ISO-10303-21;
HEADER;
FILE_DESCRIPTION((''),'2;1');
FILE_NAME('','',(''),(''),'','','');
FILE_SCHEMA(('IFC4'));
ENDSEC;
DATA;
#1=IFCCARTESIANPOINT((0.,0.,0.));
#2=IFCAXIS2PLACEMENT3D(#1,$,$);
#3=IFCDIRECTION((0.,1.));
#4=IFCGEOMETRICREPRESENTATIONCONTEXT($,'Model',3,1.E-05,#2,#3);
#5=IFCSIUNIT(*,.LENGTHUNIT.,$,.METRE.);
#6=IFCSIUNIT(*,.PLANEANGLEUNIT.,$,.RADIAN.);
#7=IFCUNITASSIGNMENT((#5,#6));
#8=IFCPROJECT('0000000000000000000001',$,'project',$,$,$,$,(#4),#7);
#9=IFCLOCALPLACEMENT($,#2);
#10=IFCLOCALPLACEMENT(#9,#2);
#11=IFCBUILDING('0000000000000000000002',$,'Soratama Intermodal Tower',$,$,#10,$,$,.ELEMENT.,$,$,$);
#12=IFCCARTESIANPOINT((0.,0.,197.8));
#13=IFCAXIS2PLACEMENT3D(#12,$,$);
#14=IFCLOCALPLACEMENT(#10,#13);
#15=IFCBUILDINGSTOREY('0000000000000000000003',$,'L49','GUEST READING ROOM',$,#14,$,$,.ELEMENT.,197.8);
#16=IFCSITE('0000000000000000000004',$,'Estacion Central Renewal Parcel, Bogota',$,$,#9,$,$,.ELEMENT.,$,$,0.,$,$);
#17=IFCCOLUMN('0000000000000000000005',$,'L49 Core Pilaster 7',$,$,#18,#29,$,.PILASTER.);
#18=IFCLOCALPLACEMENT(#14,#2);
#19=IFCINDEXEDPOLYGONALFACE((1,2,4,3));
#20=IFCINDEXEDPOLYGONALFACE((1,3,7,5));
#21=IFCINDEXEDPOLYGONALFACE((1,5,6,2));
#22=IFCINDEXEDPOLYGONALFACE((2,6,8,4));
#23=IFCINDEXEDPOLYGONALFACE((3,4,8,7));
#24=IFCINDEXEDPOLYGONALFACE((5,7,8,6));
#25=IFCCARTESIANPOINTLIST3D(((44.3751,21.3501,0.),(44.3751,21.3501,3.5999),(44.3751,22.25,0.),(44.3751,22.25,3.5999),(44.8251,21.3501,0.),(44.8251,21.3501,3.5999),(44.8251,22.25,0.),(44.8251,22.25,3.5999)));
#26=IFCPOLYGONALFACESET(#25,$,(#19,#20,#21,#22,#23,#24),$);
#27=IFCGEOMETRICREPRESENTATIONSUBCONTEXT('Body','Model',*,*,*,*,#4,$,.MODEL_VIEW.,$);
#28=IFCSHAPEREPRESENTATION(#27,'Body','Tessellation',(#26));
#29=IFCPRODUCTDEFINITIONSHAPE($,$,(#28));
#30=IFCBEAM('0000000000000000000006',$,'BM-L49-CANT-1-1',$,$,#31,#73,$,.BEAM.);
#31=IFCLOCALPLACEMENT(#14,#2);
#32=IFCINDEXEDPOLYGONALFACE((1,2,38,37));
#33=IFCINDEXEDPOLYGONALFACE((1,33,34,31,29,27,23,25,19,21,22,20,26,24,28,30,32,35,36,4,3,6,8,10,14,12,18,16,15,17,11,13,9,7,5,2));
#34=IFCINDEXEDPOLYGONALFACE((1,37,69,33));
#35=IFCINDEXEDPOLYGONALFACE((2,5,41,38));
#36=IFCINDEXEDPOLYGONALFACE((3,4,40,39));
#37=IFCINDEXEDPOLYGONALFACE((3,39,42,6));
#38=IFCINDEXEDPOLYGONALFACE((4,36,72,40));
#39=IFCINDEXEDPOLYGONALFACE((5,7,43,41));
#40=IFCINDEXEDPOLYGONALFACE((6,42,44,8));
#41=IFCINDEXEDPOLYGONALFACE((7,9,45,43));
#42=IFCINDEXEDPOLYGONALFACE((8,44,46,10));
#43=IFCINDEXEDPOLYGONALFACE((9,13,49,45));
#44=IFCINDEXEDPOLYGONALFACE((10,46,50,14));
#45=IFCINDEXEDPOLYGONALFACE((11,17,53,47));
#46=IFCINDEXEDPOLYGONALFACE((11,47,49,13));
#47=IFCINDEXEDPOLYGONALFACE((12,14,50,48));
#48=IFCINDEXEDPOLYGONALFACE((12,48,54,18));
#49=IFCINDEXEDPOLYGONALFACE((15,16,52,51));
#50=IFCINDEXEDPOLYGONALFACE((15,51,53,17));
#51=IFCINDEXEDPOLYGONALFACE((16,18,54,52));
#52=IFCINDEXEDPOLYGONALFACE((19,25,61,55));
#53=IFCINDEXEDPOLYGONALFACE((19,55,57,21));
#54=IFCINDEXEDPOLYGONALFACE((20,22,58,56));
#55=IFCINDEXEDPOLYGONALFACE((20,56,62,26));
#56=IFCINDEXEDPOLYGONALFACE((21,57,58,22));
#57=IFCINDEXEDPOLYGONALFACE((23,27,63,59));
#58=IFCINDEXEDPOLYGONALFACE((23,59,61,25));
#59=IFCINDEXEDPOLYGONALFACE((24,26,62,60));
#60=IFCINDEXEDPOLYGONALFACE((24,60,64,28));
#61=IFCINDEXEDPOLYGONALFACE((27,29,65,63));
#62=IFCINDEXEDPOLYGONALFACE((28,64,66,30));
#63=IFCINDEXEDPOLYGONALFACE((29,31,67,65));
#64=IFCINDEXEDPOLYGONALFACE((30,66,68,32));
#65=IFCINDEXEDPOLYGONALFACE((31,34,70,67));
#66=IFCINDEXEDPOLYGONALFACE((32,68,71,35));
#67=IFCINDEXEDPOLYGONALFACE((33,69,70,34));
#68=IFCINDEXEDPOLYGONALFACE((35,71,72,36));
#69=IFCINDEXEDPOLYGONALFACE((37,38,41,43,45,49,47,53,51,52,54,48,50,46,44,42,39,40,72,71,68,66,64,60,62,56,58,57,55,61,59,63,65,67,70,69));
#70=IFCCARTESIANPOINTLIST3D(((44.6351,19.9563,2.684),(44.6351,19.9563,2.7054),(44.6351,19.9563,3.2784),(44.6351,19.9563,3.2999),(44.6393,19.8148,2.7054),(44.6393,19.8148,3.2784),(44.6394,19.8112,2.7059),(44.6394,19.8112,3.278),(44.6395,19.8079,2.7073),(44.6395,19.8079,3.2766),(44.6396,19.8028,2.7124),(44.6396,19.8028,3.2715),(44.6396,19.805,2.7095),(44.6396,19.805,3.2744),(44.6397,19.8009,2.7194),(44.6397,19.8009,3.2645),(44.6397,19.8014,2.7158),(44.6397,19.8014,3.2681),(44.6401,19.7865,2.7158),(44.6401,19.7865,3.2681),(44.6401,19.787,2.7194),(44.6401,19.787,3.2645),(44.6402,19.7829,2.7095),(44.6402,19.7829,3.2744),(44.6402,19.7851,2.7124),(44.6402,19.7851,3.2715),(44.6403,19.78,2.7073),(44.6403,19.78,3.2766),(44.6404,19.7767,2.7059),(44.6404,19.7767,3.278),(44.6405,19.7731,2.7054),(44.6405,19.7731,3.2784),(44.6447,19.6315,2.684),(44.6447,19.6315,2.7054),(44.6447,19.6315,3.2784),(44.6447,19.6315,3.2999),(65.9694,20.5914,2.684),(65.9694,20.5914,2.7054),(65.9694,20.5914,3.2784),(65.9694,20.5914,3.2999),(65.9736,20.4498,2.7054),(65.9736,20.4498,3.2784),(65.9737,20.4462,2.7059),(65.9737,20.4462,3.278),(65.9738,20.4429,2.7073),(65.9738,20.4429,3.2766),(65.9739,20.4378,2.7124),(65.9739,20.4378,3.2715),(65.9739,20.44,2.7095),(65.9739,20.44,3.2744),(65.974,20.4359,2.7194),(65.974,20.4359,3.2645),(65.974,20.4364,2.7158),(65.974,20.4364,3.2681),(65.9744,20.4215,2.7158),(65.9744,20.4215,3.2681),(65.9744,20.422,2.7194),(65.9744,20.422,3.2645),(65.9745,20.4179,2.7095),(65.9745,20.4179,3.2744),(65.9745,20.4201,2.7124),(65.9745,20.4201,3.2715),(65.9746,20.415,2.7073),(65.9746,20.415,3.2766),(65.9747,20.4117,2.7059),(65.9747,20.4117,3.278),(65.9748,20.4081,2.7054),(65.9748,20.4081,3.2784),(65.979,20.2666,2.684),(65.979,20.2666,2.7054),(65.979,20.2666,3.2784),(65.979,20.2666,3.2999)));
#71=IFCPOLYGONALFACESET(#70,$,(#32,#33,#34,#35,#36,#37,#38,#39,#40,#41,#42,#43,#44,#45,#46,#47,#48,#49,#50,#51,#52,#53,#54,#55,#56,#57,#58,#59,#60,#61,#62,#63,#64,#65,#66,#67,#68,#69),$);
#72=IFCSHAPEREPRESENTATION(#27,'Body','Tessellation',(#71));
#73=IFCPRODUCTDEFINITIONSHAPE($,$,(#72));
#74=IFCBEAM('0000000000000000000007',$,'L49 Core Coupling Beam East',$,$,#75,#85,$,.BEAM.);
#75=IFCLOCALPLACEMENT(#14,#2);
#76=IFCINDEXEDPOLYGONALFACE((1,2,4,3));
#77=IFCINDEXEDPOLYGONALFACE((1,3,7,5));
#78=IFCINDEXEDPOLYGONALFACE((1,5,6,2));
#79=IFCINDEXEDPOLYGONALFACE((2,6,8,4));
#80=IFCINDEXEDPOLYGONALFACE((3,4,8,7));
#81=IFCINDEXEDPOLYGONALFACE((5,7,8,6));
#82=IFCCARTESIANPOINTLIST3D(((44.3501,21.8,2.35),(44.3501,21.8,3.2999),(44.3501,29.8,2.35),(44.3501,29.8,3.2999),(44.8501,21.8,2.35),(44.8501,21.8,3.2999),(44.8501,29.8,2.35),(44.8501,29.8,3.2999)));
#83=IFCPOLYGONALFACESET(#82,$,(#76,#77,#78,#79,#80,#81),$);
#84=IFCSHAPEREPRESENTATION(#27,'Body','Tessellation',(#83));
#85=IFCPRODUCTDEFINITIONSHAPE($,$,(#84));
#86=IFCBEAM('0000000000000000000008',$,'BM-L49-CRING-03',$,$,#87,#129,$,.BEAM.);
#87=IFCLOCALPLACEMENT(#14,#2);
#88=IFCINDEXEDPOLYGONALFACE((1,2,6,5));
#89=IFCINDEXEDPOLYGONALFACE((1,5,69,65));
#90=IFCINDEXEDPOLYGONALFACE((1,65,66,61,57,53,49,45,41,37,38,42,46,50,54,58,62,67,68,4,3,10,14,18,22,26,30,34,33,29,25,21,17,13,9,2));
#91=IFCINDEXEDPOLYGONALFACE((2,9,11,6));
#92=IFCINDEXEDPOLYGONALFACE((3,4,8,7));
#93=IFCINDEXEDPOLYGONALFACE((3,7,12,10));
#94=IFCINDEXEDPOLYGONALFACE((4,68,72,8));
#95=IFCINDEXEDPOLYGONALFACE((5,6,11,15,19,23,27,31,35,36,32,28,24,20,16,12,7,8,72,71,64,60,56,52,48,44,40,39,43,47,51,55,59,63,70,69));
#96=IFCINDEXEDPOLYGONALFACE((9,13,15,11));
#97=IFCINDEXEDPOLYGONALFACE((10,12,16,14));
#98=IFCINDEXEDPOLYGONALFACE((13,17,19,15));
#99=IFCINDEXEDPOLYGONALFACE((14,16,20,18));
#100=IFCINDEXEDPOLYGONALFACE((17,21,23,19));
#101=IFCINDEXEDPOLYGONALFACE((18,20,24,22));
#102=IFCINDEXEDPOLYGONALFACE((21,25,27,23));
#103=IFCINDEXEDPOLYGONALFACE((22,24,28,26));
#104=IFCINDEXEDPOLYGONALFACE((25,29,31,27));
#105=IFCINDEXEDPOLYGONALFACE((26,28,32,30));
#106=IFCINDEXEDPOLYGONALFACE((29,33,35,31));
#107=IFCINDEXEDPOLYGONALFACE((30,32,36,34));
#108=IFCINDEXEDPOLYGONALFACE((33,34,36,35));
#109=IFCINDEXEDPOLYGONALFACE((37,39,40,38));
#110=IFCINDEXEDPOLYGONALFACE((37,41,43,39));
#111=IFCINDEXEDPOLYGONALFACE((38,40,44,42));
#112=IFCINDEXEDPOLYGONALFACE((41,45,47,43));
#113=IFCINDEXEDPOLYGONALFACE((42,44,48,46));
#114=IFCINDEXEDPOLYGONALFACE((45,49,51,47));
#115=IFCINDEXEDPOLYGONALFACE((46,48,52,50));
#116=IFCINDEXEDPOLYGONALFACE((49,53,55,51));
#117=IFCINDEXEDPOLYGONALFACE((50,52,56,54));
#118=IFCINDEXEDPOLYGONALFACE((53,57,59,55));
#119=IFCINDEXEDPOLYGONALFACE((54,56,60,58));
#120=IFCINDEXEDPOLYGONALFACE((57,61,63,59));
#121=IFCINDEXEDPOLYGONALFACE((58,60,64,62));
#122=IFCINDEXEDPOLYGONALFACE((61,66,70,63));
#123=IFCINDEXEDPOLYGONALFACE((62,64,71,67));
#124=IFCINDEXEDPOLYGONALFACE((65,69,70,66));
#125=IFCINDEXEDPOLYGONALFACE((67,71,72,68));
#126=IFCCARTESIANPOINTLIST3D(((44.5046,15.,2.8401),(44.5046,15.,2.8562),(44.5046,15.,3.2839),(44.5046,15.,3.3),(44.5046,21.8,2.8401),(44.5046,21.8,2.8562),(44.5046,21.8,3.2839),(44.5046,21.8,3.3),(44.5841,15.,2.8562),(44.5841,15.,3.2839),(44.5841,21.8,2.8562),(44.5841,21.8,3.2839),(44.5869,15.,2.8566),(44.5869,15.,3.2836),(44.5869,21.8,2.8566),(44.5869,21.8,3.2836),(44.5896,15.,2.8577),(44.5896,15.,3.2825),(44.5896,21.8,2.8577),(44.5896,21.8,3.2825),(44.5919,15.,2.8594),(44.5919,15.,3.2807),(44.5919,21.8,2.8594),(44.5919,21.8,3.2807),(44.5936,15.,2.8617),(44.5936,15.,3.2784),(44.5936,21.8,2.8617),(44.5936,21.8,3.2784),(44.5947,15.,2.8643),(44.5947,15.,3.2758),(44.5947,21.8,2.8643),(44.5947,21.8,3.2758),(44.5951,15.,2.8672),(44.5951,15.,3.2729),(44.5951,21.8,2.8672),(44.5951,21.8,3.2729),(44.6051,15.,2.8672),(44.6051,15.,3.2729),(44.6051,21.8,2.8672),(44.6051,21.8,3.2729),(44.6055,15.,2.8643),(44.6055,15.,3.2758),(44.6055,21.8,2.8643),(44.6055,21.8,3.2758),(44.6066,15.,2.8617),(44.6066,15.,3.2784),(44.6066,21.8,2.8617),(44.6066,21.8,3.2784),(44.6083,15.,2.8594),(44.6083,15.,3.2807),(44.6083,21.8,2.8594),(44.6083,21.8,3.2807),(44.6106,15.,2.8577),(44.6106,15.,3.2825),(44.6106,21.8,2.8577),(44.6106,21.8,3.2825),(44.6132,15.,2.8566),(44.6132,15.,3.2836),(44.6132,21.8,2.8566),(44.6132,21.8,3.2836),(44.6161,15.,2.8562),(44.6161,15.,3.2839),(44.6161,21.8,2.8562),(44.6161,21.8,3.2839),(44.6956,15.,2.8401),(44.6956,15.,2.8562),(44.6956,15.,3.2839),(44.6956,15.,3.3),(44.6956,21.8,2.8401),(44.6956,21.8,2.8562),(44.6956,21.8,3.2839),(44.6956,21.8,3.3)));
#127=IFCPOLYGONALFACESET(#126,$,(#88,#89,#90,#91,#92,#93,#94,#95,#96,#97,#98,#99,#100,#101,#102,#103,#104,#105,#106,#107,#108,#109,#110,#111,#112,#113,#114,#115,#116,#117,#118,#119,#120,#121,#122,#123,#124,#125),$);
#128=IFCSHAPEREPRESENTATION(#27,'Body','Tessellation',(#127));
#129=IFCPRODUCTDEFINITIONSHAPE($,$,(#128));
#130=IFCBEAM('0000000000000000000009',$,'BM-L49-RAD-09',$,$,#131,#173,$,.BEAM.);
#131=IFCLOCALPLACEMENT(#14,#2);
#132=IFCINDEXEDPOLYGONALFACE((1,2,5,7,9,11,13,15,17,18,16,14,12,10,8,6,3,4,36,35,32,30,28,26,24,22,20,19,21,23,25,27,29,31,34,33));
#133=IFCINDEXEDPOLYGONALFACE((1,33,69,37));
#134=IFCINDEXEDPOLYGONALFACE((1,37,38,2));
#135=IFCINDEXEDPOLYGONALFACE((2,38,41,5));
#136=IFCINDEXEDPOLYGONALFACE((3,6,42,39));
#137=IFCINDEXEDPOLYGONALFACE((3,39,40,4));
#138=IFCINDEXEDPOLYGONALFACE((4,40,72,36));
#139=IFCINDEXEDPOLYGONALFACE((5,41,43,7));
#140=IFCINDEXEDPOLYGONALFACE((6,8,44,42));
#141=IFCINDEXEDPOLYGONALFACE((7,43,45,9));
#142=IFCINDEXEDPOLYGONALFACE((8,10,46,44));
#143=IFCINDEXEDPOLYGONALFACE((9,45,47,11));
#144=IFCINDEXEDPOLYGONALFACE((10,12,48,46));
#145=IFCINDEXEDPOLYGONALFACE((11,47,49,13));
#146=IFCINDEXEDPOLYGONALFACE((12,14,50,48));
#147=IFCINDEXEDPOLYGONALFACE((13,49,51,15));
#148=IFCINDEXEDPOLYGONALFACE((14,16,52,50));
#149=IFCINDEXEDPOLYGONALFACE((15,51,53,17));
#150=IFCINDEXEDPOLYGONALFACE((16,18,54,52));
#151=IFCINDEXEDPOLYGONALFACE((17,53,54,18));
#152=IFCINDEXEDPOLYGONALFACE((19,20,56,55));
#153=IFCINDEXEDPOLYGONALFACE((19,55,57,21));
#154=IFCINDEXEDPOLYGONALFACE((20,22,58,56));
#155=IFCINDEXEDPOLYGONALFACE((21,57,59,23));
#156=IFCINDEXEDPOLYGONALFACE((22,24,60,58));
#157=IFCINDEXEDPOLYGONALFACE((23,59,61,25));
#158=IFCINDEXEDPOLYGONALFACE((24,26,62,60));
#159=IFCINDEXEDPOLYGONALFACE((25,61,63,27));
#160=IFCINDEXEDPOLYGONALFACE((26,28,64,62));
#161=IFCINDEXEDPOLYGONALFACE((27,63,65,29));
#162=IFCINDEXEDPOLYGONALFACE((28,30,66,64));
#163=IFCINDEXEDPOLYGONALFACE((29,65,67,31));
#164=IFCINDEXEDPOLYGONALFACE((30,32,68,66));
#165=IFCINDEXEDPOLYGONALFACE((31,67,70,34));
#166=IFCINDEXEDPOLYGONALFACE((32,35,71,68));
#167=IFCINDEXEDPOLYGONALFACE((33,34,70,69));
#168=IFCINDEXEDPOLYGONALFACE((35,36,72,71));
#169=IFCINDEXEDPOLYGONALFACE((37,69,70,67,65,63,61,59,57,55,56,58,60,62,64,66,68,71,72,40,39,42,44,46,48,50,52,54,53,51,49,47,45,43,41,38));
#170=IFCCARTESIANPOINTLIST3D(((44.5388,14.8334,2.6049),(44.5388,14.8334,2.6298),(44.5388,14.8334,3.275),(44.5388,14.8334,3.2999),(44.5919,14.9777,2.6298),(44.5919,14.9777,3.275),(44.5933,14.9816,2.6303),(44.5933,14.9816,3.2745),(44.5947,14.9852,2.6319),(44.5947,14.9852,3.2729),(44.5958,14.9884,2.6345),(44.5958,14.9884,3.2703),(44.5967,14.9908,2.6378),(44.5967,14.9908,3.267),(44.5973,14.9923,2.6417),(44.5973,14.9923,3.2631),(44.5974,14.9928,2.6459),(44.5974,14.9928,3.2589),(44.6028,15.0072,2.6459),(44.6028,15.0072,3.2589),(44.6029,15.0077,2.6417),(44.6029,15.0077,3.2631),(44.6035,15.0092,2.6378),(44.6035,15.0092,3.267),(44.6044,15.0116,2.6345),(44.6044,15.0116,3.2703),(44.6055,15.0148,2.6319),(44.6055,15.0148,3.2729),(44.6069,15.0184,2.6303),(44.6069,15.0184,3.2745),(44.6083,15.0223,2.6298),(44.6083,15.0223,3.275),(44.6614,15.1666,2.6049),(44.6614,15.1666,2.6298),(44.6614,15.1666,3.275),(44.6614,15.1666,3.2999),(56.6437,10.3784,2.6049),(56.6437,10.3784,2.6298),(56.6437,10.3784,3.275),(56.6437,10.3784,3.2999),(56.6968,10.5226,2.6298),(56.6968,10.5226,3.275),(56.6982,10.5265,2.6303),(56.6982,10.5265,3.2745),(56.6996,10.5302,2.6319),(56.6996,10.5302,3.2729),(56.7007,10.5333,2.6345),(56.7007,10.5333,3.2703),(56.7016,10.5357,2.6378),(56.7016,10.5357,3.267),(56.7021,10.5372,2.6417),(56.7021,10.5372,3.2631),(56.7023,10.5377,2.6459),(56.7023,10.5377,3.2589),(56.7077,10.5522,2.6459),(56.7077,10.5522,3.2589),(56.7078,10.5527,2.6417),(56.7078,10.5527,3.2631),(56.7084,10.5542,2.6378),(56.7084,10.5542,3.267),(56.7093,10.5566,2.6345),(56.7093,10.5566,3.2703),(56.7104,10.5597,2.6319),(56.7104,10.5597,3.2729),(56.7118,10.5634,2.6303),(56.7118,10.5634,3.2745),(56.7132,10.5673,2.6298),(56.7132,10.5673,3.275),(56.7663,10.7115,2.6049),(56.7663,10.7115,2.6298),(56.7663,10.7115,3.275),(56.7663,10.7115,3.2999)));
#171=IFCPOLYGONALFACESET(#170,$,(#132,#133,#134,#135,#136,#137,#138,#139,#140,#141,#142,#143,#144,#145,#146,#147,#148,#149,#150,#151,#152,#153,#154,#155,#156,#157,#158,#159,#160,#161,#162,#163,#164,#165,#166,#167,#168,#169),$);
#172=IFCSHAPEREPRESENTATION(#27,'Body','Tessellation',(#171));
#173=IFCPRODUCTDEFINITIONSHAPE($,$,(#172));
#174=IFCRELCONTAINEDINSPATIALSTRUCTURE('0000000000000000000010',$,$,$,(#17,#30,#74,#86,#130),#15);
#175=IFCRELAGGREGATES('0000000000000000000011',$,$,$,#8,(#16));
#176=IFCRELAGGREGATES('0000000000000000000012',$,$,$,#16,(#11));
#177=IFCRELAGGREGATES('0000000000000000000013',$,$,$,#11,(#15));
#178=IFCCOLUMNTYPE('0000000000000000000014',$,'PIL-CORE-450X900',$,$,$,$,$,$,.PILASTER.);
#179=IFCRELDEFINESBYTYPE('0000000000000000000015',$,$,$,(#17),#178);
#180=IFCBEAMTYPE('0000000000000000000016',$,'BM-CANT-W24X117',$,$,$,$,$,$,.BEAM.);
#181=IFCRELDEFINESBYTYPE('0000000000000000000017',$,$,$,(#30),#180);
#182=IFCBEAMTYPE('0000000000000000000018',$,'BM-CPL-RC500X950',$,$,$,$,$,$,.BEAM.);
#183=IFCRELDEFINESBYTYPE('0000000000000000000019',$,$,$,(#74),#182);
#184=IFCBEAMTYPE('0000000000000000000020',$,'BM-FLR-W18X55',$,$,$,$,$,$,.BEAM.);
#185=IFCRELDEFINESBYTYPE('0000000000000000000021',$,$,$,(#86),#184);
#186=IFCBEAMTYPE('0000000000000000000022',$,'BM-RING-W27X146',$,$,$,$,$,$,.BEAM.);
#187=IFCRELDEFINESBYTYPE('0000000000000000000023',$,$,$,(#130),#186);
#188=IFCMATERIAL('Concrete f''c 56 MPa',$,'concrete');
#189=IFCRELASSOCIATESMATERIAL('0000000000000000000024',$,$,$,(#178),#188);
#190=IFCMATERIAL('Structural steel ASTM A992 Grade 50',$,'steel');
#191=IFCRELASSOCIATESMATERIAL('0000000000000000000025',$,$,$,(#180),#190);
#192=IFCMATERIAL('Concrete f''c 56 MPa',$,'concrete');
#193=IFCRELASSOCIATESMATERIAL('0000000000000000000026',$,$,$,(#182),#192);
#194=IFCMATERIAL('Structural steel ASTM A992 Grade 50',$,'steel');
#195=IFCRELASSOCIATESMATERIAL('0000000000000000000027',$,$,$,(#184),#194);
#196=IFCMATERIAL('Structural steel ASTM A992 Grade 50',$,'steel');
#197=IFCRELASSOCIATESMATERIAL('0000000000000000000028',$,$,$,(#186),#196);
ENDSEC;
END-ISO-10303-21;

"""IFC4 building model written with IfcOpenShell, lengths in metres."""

from ifc_helpers import new_model, si_unit, direction, frame, origin, origin_2d, place, context, subcontext, project, spatial, rectangle, i_section, extrude, material, material_profile, profile_set, type_object, element, save


model = new_model("IFC4")

# Units and contexts
model_context = context("Model", 3, precision=1e-05, world=origin(), true_north=direction((0.0, 1.0)))
body_context = subcontext(model_context, "Body", "Model", "MODEL_VIEW")
ifc_project = project(units=[si_unit("LENGTHUNIT", "METRE"), si_unit("PLANEANGLEUNIT", "RADIAN")], contexts=[model_context])

# Site, building, storey
site_placement = place(None, origin())
site = spatial("IfcSite", under=ifc_project, at=site_placement, Name="Estacion Central Renewal Parcel, Bogota", CompositionType="ELEMENT", RefElevation=0.0)
building_placement = place(site_placement, origin())
building = spatial("IfcBuilding", under=site, at=building_placement, Name="Soratama Intermodal Tower", CompositionType="ELEMENT")
storey_placement = place(building_placement, frame((0.0, 0.0, 197.8)))
storey = spatial("IfcBuildingStorey", under=building, at=storey_placement, Name="L49", Description="GUEST READING ROOM", CompositionType="ELEMENT", Elevation=197.8)

# Column
ifc_material_1 = material(Name="Concrete f'c 56 MPa", Category="concrete")
ifc_material_profile_1 = material_profile(ifc_material_1, rectangle(XDim=0.45, YDim=0.8999, at=origin_2d()), Name="RC450X900")
ifc_profile_set_1 = profile_set([ifc_material_profile_1], Name="Concrete f'c 56 MPa")
column_type = type_object("IfcColumnType", Name="PIL-CORE-450X900", PredefinedType="PILASTER", material=ifc_profile_set_1)
column_placement = place(storey_placement, frame((44.6001, 21.8, 0.0), z_axis=(0.0, 0.0, 1.0), x_axis=(1.0, 0.0, 0.0)))
element("IfcColumn", 1, at=column_placement, inside=storey, type_object=column_type, Name="L49 Core Pilaster 7", PredefinedType="PILASTER", context=body_context, shape_type="SweptSolid", body=[
    extrude(rectangle(XDim=0.45, YDim=0.8999, at=origin_2d()), origin(), (0.0, 0.0, 1.0), 3.5999),
])

# Beams
ifc_material_2 = material(Name="Structural steel ASTM A992 Grade 50", Category="steel")
ifc_material_profile_2 = material_profile(ifc_material_2, i_section(OverallWidth=0.325, OverallDepth=0.616, WebThickness=0.0139, FlangeThickness=0.0215, FilletRadius=0.0139, at=origin_2d()), Name="W24X117")
ifc_profile_set_2 = profile_set([ifc_material_profile_2], Name="Structural steel ASTM A992 Grade 50")
beam_type_1 = type_object("IfcBeamType", Name="BM-CANT-W24X117", PredefinedType="BEAM", material=ifc_profile_set_2)
beam_1_placement = place(storey_placement, frame((44.6399, 19.7939, 2.9919), z_axis=(0.999557, 0.029752, 0.0), x_axis=(-0.029752, 0.999557, 0.0)))
element("IfcBeam", 2, at=beam_1_placement, inside=storey, type_object=beam_type_1, Name="BM-L49-CANT-1-1", PredefinedType="BEAM", context=body_context, shape_type="SweptSolid", body=[
    extrude(i_section(OverallWidth=0.325, OverallDepth=0.616, WebThickness=0.0139, FlangeThickness=0.0215, FilletRadius=0.0139, at=origin_2d()), origin(), (0.0, 0.0, 1.0), 21.3438),
])
ifc_material_3 = material(Name="Concrete f'c 56 MPa", Category="concrete")
ifc_material_profile_3 = material_profile(ifc_material_3, rectangle(XDim=0.5, YDim=0.95, at=origin_2d()), Name="RC500X950")
ifc_profile_set_3 = profile_set([ifc_material_profile_3], Name="Concrete f'c 56 MPa")
beam_type_2 = type_object("IfcBeamType", Name="BM-CPL-RC500X950", PredefinedType="BEAM", material=ifc_profile_set_3)
beam_2_placement = place(storey_placement, frame((44.6001, 21.8, 2.825), z_axis=(0.0, 1.0, 0.0), x_axis=(-1.0, 0.0, 0.0)))
element("IfcBeam", 3, at=beam_2_placement, inside=storey, type_object=beam_type_2, Name="L49 Core Coupling Beam East", PredefinedType="BEAM", context=body_context, shape_type="SweptSolid", body=[
    extrude(rectangle(XDim=0.5, YDim=0.95, at=origin_2d()), origin(), (0.0, 0.0, 1.0), 8.0),
])
ifc_material_4 = material(Name="Structural steel ASTM A992 Grade 50", Category="steel")
ifc_material_profile_4 = material_profile(ifc_material_4, i_section(OverallWidth=0.1909, OverallDepth=0.46, WebThickness=0.01, FlangeThickness=0.0161, FilletRadius=0.011, at=origin_2d()), Name="W18X55")
ifc_profile_set_4 = profile_set([ifc_material_profile_4], Name="Structural steel ASTM A992 Grade 50")
beam_type_3 = type_object("IfcBeamType", Name="BM-FLR-W18X55", PredefinedType="BEAM", material=ifc_profile_set_4)
beam_3_placement = place(storey_placement, frame((44.6001, 15.0, 3.0701), z_axis=(0.0, 1.0, 0.0), x_axis=(-1.0, 0.0, 0.0)))
element("IfcBeam", 4, at=beam_3_placement, inside=storey, type_object=beam_type_3, Name="BM-L49-CRING-03", PredefinedType="BEAM", context=body_context, shape_type="SweptSolid", body=[
    extrude(i_section(OverallWidth=0.1909, OverallDepth=0.46, WebThickness=0.01, FlangeThickness=0.0161, FilletRadius=0.011, at=origin_2d()), origin(), (0.0, 0.0, 1.0), 6.8),
])
ifc_material_5 = material(Name="Structural steel ASTM A992 Grade 50", Category="steel")
ifc_material_profile_5 = material_profile(ifc_material_5, i_section(OverallWidth=0.355, OverallDepth=0.6951, WebThickness=0.0154, FlangeThickness=0.0249, FilletRadius=0.0161, at=origin_2d()), Name="W27X146")
ifc_profile_set_5 = profile_set([ifc_material_profile_5], Name="Structural steel ASTM A992 Grade 50")
beam_type_4 = type_object("IfcBeamType", Name="BM-RING-W27X146", PredefinedType="BEAM", material=ifc_profile_set_5)
beam_4_placement = place(storey_placement, frame((44.6001, 15.0, 2.9524), z_axis=(0.93846, -0.345388, 0.0), x_axis=(0.345388, 0.93846, 0.0)))
element("IfcBeam", 5, at=beam_4_placement, inside=storey, type_object=beam_type_4, Name="BM-L49-RAD-09", PredefinedType="BEAM", context=body_context, shape_type="SweptSolid", body=[
    extrude(i_section(OverallWidth=0.355, OverallDepth=0.6951, WebThickness=0.0154, FlangeThickness=0.0249, FilletRadius=0.0161, at=origin_2d()), origin(), (0.0, 0.0, 1.0), 12.8987),
])

save(model, "model.ifc")
